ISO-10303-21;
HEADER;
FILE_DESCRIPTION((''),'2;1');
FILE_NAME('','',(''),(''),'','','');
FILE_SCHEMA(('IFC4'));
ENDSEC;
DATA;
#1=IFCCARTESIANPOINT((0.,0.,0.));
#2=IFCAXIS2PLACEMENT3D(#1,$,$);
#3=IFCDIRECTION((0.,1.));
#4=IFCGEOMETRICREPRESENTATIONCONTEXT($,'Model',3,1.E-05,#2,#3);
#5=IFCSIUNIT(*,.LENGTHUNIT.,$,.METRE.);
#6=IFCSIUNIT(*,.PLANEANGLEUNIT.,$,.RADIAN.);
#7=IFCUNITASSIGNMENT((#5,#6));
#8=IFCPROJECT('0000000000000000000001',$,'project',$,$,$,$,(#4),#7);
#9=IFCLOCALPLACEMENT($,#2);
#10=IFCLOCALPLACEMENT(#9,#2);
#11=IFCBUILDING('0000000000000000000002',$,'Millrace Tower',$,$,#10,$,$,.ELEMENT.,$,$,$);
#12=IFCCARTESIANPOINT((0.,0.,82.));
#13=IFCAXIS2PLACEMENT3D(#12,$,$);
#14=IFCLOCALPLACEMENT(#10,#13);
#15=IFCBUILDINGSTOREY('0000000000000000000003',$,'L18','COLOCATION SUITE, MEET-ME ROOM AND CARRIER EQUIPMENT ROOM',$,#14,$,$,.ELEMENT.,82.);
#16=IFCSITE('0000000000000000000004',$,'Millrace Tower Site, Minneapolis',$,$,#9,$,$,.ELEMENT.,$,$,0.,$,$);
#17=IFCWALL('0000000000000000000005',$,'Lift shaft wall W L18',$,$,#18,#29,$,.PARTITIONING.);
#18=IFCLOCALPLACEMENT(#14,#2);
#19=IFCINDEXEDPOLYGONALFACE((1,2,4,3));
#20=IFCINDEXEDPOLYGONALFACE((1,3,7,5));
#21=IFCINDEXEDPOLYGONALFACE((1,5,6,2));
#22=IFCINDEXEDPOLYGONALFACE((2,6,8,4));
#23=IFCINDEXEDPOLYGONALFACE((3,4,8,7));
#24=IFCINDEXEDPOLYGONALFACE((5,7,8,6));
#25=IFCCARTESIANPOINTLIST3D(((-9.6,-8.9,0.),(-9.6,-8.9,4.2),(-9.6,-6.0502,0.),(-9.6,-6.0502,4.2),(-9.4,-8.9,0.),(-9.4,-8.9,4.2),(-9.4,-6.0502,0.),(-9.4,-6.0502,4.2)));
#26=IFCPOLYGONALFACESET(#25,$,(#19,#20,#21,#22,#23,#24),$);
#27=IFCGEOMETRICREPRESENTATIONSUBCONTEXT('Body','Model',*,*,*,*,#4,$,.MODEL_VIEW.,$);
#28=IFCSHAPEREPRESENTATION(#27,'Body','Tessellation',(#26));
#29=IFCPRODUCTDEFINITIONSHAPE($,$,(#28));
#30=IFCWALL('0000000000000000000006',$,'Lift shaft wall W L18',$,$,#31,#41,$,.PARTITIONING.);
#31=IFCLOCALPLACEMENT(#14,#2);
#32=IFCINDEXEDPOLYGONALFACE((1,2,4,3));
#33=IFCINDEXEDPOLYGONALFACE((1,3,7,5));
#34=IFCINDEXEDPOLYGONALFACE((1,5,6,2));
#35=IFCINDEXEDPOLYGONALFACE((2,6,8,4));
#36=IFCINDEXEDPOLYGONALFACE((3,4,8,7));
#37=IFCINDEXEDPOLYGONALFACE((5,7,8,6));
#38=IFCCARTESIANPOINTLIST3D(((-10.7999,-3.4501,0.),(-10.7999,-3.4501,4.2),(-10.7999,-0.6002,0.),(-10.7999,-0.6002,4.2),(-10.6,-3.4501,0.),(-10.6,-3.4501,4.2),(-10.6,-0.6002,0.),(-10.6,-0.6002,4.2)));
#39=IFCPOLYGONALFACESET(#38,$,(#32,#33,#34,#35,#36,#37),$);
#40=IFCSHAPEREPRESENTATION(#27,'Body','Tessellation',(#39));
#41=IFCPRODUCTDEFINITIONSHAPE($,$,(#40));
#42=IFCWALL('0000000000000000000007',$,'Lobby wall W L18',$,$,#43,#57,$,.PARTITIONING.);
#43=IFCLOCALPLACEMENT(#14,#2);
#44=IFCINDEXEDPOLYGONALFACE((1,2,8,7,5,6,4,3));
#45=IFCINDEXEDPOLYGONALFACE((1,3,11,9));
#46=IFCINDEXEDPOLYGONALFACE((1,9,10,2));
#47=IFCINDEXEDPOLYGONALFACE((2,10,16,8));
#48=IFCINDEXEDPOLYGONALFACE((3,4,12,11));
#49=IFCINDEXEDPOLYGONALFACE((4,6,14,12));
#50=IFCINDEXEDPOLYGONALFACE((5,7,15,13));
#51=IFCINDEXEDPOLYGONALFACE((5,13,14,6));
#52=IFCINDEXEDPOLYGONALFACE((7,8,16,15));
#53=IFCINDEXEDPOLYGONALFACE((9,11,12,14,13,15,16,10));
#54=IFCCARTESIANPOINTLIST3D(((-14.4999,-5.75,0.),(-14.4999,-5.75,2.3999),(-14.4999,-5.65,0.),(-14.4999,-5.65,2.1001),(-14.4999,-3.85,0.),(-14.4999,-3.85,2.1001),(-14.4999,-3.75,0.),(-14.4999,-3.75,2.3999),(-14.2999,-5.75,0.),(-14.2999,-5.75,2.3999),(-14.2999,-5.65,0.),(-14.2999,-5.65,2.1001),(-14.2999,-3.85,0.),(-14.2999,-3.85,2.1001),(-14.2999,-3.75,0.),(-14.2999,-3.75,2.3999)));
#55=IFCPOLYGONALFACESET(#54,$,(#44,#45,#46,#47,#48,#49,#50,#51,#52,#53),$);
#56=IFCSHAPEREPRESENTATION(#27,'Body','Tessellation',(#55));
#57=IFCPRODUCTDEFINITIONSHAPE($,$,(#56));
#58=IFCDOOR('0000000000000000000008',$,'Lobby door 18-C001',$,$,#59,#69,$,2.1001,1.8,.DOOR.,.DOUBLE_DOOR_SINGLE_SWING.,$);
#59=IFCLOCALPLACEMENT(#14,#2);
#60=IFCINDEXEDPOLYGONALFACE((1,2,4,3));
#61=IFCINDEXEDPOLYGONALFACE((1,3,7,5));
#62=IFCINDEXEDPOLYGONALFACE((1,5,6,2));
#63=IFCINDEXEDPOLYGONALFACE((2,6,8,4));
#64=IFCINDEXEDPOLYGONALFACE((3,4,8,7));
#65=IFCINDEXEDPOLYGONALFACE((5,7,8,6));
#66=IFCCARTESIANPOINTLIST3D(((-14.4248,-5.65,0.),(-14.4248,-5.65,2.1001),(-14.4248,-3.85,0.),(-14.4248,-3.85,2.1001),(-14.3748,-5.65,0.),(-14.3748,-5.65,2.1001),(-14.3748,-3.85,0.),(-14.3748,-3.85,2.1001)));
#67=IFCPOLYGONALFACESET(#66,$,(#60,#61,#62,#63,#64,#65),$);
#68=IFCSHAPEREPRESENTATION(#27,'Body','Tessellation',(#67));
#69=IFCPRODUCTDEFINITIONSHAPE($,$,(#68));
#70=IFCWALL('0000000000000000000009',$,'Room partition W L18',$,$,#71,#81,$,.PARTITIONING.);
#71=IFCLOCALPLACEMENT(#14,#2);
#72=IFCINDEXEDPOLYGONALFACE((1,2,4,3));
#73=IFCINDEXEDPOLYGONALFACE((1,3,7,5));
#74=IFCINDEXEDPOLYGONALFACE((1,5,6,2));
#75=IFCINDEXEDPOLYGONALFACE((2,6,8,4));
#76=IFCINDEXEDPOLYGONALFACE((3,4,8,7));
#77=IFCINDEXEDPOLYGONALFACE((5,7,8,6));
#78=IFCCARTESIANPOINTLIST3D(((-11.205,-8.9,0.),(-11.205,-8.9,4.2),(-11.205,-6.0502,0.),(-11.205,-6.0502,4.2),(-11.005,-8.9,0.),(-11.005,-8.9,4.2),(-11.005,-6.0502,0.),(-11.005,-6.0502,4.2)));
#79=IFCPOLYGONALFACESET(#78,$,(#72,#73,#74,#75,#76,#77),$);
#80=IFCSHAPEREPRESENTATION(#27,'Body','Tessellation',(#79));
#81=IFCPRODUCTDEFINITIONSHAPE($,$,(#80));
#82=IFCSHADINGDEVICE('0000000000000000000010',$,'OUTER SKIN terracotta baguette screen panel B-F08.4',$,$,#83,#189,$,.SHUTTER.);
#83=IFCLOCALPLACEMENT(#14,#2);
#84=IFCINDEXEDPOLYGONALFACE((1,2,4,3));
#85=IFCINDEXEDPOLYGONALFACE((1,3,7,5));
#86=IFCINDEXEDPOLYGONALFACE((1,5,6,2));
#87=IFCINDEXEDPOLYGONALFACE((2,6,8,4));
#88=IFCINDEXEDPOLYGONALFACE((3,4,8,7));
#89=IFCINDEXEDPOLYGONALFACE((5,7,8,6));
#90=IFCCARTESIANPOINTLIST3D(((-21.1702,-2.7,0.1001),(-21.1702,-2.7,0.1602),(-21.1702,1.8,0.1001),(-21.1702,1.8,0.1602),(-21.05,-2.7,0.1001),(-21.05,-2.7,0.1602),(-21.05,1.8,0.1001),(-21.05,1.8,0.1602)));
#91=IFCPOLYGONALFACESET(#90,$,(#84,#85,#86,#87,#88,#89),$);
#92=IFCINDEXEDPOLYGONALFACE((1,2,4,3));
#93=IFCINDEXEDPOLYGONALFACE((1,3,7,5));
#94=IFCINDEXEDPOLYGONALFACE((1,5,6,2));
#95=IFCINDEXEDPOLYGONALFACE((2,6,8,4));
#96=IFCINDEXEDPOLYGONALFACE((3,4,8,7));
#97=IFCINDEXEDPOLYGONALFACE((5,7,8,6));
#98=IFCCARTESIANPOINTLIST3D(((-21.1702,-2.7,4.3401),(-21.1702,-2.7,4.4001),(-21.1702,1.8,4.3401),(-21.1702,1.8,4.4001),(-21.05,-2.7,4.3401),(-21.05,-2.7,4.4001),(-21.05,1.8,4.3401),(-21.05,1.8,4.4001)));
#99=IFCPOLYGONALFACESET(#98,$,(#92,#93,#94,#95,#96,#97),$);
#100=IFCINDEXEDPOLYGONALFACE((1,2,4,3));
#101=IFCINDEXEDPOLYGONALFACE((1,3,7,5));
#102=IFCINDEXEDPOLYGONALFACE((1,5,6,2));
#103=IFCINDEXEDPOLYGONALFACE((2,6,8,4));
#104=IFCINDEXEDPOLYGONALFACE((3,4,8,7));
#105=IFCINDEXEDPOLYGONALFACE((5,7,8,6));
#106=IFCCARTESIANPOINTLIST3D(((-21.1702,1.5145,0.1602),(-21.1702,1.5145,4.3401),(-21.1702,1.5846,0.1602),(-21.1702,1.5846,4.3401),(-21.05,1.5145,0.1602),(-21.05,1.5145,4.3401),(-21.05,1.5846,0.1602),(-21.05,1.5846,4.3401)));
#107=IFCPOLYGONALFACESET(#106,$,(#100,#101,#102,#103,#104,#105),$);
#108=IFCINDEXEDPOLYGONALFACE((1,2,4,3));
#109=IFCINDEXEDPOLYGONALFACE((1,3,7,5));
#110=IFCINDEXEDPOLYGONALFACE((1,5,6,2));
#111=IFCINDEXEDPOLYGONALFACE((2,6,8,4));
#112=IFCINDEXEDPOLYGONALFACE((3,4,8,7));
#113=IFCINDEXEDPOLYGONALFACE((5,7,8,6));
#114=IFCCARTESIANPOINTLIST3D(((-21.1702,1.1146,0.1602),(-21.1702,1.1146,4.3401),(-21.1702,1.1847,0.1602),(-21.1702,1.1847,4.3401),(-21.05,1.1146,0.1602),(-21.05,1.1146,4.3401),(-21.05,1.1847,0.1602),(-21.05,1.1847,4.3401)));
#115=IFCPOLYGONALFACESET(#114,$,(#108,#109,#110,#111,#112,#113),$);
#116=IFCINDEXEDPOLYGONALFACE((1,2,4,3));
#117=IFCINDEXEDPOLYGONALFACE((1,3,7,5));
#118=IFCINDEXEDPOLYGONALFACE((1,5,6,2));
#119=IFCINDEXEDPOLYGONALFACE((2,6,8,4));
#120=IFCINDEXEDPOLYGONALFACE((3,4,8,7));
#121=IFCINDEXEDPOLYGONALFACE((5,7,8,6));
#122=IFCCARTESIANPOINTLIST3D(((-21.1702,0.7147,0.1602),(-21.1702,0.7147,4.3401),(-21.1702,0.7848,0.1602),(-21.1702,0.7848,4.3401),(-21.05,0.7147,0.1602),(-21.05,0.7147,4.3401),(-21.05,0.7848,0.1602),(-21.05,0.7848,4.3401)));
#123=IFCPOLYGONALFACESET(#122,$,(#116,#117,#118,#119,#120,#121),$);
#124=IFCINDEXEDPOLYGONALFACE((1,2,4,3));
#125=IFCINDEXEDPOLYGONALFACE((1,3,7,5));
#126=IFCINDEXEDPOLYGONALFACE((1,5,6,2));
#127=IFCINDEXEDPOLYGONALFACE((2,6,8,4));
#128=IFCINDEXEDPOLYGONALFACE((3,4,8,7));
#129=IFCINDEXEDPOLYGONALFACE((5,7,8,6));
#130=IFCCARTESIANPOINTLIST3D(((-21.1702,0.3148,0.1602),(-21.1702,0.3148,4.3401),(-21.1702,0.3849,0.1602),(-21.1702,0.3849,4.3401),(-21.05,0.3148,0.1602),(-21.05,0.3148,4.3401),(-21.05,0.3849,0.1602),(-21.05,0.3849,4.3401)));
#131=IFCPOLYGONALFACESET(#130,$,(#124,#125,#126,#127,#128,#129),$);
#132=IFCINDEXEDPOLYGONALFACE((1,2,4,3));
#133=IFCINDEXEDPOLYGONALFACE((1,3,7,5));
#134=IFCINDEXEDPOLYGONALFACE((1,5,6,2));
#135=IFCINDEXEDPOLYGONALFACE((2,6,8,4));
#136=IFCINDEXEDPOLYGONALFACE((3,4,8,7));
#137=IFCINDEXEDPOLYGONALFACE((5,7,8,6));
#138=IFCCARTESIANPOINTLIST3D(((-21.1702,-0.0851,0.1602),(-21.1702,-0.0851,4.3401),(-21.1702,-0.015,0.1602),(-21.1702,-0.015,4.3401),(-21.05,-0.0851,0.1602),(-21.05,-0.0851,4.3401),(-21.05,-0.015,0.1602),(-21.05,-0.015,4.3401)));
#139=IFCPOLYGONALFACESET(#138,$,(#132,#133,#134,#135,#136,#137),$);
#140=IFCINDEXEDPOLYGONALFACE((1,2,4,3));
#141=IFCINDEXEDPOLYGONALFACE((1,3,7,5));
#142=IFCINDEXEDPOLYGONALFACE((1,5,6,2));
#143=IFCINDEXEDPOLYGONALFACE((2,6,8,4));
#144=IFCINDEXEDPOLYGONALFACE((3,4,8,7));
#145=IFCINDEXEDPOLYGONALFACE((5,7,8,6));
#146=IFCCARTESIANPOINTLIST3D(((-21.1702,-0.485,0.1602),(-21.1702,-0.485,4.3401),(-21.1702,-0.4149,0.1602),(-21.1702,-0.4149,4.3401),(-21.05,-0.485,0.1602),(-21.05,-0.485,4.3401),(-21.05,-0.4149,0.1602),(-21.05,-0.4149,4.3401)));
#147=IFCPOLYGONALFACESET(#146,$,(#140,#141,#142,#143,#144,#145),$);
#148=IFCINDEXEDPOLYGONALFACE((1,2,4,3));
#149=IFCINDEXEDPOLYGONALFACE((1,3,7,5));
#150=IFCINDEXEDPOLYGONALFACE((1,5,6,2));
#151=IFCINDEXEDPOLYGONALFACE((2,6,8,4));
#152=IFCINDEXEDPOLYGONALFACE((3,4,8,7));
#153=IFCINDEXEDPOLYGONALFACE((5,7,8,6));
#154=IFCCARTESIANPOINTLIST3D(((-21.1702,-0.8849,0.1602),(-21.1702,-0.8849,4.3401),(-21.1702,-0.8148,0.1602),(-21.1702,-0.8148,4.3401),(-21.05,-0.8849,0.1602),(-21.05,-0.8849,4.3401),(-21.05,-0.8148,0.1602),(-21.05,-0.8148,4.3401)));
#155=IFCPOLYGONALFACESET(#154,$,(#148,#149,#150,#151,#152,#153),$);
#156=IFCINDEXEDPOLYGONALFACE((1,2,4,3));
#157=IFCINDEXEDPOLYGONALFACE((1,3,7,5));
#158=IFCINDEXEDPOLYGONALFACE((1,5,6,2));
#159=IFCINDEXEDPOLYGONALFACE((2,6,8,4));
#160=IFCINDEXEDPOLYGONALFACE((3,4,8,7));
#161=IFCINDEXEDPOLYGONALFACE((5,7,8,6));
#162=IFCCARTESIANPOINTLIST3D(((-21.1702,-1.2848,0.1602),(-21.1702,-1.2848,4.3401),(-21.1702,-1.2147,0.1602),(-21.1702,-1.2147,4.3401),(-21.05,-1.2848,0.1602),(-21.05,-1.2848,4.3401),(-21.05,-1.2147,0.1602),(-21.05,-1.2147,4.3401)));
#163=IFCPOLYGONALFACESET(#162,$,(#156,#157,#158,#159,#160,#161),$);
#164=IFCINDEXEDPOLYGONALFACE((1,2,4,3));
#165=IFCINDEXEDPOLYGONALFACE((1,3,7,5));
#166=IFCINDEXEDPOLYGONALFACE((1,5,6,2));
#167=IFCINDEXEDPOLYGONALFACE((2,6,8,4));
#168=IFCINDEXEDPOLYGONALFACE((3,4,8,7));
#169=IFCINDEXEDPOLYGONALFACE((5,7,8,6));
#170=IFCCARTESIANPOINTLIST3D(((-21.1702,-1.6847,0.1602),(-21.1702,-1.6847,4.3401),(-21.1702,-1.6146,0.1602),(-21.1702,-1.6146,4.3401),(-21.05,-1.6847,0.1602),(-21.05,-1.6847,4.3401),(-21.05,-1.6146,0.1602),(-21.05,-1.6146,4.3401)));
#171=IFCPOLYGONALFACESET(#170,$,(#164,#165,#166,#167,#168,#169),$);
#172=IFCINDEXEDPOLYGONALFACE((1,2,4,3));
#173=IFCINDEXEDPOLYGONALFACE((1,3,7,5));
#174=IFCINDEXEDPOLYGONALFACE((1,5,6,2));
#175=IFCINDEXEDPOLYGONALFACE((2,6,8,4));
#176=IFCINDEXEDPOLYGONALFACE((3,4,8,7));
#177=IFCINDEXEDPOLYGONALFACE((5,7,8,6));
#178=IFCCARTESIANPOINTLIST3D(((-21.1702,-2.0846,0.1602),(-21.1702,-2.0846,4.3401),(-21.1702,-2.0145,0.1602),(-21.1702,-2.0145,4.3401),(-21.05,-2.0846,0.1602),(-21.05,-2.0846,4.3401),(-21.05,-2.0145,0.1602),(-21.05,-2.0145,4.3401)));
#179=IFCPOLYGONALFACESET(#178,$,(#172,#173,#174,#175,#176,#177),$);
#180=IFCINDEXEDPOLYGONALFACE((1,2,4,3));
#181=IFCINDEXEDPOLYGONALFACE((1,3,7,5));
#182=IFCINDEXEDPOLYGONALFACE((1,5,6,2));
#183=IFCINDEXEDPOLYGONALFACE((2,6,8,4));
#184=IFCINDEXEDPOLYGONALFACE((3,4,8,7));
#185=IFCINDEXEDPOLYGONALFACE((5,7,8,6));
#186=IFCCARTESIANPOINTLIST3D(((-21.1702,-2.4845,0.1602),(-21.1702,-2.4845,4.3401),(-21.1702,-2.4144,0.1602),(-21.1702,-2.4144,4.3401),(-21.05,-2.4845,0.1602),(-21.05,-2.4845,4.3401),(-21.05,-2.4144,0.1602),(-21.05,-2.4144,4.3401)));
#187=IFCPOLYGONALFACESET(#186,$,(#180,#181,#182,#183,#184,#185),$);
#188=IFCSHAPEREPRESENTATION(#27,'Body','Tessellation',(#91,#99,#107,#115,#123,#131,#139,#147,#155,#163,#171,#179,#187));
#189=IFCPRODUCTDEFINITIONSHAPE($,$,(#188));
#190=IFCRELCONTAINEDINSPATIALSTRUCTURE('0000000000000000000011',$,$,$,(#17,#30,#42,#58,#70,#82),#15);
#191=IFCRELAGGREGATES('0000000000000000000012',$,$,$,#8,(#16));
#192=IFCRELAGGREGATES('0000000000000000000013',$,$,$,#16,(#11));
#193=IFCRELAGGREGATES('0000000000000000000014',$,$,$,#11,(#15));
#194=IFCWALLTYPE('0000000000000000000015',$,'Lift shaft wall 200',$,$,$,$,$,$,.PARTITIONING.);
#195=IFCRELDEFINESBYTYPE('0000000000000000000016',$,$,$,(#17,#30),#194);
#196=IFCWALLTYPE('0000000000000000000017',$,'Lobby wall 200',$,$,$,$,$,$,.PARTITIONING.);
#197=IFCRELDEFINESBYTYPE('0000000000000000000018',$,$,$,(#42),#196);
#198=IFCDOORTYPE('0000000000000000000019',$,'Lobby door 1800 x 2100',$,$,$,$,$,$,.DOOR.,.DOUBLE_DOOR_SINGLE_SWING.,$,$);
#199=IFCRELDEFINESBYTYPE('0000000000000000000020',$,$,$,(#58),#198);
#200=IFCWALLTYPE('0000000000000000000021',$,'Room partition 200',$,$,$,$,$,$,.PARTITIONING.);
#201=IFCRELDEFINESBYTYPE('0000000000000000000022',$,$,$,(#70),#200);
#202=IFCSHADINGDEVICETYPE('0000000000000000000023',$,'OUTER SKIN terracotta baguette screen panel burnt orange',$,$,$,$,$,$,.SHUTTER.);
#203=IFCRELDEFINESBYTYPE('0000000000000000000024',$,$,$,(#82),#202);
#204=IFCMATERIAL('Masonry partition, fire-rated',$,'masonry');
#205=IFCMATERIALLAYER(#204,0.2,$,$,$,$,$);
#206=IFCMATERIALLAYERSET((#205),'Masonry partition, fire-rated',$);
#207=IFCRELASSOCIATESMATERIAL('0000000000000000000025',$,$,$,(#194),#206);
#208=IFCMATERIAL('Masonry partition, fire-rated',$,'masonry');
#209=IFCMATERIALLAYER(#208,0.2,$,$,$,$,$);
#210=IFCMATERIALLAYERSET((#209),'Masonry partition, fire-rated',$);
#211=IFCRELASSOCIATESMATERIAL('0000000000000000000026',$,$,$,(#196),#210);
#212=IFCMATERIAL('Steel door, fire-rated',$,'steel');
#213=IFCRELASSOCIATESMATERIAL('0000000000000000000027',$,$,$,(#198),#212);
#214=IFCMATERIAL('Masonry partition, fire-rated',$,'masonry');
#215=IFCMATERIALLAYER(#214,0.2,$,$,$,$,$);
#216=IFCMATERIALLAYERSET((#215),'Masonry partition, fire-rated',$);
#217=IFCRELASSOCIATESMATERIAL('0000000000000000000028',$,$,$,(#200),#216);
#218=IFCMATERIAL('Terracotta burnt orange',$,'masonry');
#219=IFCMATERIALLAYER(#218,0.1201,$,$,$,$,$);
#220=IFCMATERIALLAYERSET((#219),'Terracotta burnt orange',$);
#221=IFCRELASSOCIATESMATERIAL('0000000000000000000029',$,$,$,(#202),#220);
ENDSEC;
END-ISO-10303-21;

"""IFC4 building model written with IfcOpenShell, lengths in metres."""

from ifc_helpers import new_model, entity, si_unit, direction, frame, frame_2d, origin, origin_2d, place, context, subcontext, project, spatial, rectangle, extrude, source, transform, mapped, material, layer, layer_set, type_object, element, fill, save


model = new_model("IFC4")

# Units and contexts
model_context = context("Model", 3, precision=1e-05, world=origin(), true_north=direction((0.0, 1.0)))
body_context = subcontext(model_context, "Body", "Model", "MODEL_VIEW")
ifc_project = project(units=[si_unit("LENGTHUNIT", "METRE"), si_unit("PLANEANGLEUNIT", "RADIAN")], contexts=[model_context])

# Site, building, storey
site_placement = place(None, origin())
site = spatial("IfcSite", under=ifc_project, at=site_placement, Name="Millrace Tower Site, Minneapolis", CompositionType="ELEMENT", RefElevation=0.0)
building_placement = place(site_placement, origin())
building = spatial("IfcBuilding", under=site, at=building_placement, Name="Millrace Tower", CompositionType="ELEMENT")
storey_placement = place(building_placement, frame((0.0, 0.0, 82.0)))
storey = spatial("IfcBuildingStorey", under=building, at=storey_placement, Name="L18", Description="COLOCATION SUITE, MEET-ME ROOM AND CARRIER EQUIPMENT ROOM", CompositionType="ELEMENT", Elevation=82.0)

# Shared definitions
ifc_material_1 = material(Name="Masonry partition, fire-rated", Category="masonry")
ifc_layer_1 = layer(ifc_material_1, 0.2)
ifc_layer_set_1 = layer_set([ifc_layer_1], Name="Masonry partition, fire-rated")
wall_type_1 = type_object("IfcWallType", Name="Lift shaft wall 200", PredefinedType="PARTITIONING", material=ifc_layer_set_1)

# Walls
for number, where, z_axis, x_axis, name in (
    (1, (-9.5, -8.8999, 0.0), (0.0, 0.0, 1.0), (0.0, 1.0, 0.0), "Lift shaft wall W L18"),
    (2, (-10.7, -3.45, 0.0), (0.0, 0.0, 1.0), (0.0, 1.0, 0.0), "Lift shaft wall W L18"),
):
    element("IfcWall", number, at=place(storey_placement, frame(where, z_axis=z_axis, x_axis=x_axis)), inside=storey, type_object=wall_type_1, Name=name, PredefinedType="PARTITIONING", context=body_context, shape_type="SweptSolid", body=[
        extrude(rectangle(XDim=2.8499, YDim=0.2, at=frame_2d((1.4248, 0.0))), origin(), (0.0, 0.0, 1.0), 4.2),
    ])

# Wall, opening, door
ifc_material_2 = material(Name="Masonry partition, fire-rated", Category="masonry")
ifc_layer_2 = layer(ifc_material_2, 0.2)
ifc_layer_set_2 = layer_set([ifc_layer_2], Name="Masonry partition, fire-rated")
wall_type_2 = type_object("IfcWallType", Name="Lobby wall 200", PredefinedType="PARTITIONING", material=ifc_layer_set_2)
wall_1_placement = place(storey_placement, frame((-14.3999, -5.75, 0.0), z_axis=(0.0, 0.0, 1.0), x_axis=(0.0, 1.0, 0.0)))
wall_1 = element("IfcWall", 3, at=wall_1_placement, inside=storey, type_object=wall_type_2, Name="Lobby wall W L18", PredefinedType="PARTITIONING", context=body_context, shape_type="SweptSolid", body=[
    extrude(rectangle(XDim=2.0, YDim=0.2, at=frame_2d((1.0, 0.0))), origin(), (0.0, 0.0, 1.0), 2.3999),
])
opening_1_placement = place(wall_1_placement, frame((0.1001, 0.0, 0.0)))
opening_1 = element("IfcOpeningElement", 4, at=opening_1_placement, cuts=wall_1, PredefinedType="OPENING", context=body_context, shape_type="SweptSolid", body=[
    extrude(rectangle(XDim=1.8, YDim=2.1001, at=frame_2d((0.8999, 1.05))), frame((0.0, 0.1099, 0.0), z_axis=(0.0, -1.0, 0.0), x_axis=(1.0, 0.0, 0.0)), (0.0, 0.0, 1.0), 0.22),
])
ifc_material_3 = material(Name="Steel door, fire-rated", Category="steel")
door_type_1 = type_object("IfcDoorType", Name="Lobby door 1800 x 2100", OperationType="DOUBLE_DOOR_SINGLE_SWING", PredefinedType="DOOR", material=ifc_material_3)
door_1_placement = place(opening_1_placement, origin())
door_1 = element("IfcDoor", 5, at=door_1_placement, inside=storey, type_object=door_type_1, Name="Lobby door 18-C001", OperationType="DOUBLE_DOOR_SINGLE_SWING", OverallHeight=2.1001, OverallWidth=1.8, PredefinedType="DOOR", context=body_context, shape_type="SweptSolid", body=[
    extrude(rectangle(XDim=1.8, YDim=2.1001, at=frame_2d((0.8999, 1.05))), frame((0.0, 0.0249, 0.0), z_axis=(0.0, -1.0, 0.0), x_axis=(1.0, 0.0, 0.0)), (0.0, 0.0, 1.0), 0.05),
])
fill(opening_1, door_1)

# Wall
ifc_material_4 = material(Name="Masonry partition, fire-rated", Category="masonry")
ifc_layer_3 = layer(ifc_material_4, 0.2)
ifc_layer_set_3 = layer_set([ifc_layer_3], Name="Masonry partition, fire-rated")
wall_type_3 = type_object("IfcWallType", Name="Room partition 200", PredefinedType="PARTITIONING", material=ifc_layer_set_3)
wall_2_placement = place(storey_placement, frame((-11.105, -8.8999, 0.0), z_axis=(0.0, 0.0, 1.0), x_axis=(0.0, 1.0, 0.0)))
element("IfcWall", 6, at=wall_2_placement, inside=storey, type_object=wall_type_3, Name="Room partition W L18", PredefinedType="PARTITIONING", context=body_context, shape_type="SweptSolid", body=[
    extrude(rectangle(XDim=2.8499, YDim=0.2, at=frame_2d((1.4248, 0.0))), origin(), (0.0, 0.0, 1.0), 4.2),
])

# Shading device
ifc_material_5 = material(Name="Terracotta burnt orange", Category="masonry")
ifc_layer_4 = layer(ifc_material_5, 0.1201)
ifc_layer_set_4 = layer_set([ifc_layer_4], Name="Terracotta burnt orange")
shading_device_type = type_object("IfcShadingDeviceType", Name="OUTER SKIN terracotta baguette screen panel burnt orange", PredefinedType="SHUTTER", material=ifc_layer_set_4)
cartesian_point = entity("IfcCartesianPoint", [-2.25, 0.0601])
shared_polyline = entity("IfcPolyline", [cartesian_point, entity("IfcCartesianPoint", [2.25, 0.0601]), entity("IfcCartesianPoint", [2.25, -0.0601]), entity("IfcCartesianPoint", [-2.25, -0.0601]), cartesian_point])
shared_shape = source(origin(), body_context, "Body", "SweptSolid", [
    entity("IfcExtrudedAreaSolid", entity("IfcArbitraryClosedProfileDef", "AREA", None, shared_polyline), entity("IfcAxis2Placement3D", entity("IfcCartesianPoint", [0.0, 0.0, 0.0])), entity("IfcDirection", [0.0, 0.0, 1.0]), 0.0601),
    entity("IfcExtrudedAreaSolid", entity("IfcArbitraryClosedProfileDef", "AREA", None, shared_polyline), entity("IfcAxis2Placement3D", entity("IfcCartesianPoint", [0.0, 0.0, 4.24])), entity("IfcDirection", [0.0, 0.0, 1.0]), 0.0601),
    extrude(rectangle(XDim=0.0701, YDim=0.1201, at=frame_2d((-1.9995, 0.0))), frame((0.0, 0.0, 0.0601)), (0.0, 0.0, 1.0), 4.1799),
    extrude(rectangle(XDim=0.0701, YDim=0.1201, at=frame_2d((-1.5996, 0.0))), frame((0.0, 0.0, 0.0601)), (0.0, 0.0, 1.0), 4.1799),
    extrude(rectangle(XDim=0.0701, YDim=0.1201, at=frame_2d((-1.1997, 0.0))), frame((0.0, 0.0, 0.0601)), (0.0, 0.0, 1.0), 4.1799),
    extrude(rectangle(XDim=0.0701, YDim=0.1201, at=frame_2d((-0.7998, 0.0))), frame((0.0, 0.0, 0.0601)), (0.0, 0.0, 1.0), 4.1799),
    extrude(rectangle(XDim=0.0701, YDim=0.1201, at=frame_2d((-0.3999, 0.0))), frame((0.0, 0.0, 0.0601)), (0.0, 0.0, 1.0), 4.1799),
    extrude(rectangle(XDim=0.0701, YDim=0.1201, at=origin_2d()), frame((0.0, 0.0, 0.0601)), (0.0, 0.0, 1.0), 4.1799),
    extrude(rectangle(XDim=0.0701, YDim=0.1201, at=frame_2d((0.3999, 0.0))), frame((0.0, 0.0, 0.0601)), (0.0, 0.0, 1.0), 4.1799),
    extrude(rectangle(XDim=0.0701, YDim=0.1201, at=frame_2d((0.7998, 0.0))), frame((0.0, 0.0, 0.0601)), (0.0, 0.0, 1.0), 4.1799),
    extrude(rectangle(XDim=0.0701, YDim=0.1201, at=frame_2d((1.1997, 0.0))), frame((0.0, 0.0, 0.0601)), (0.0, 0.0, 1.0), 4.1799),
    extrude(rectangle(XDim=0.0701, YDim=0.1201, at=frame_2d((1.5996, 0.0))), frame((0.0, 0.0, 0.0601)), (0.0, 0.0, 1.0), 4.1799),
    extrude(rectangle(XDim=0.0701, YDim=0.1201, at=frame_2d((1.9995, 0.0))), frame((0.0, 0.0, 0.0601)), (0.0, 0.0, 1.0), 4.1799),
])
for number, where, z_axis, x_axis, name in (
    (7, (-21.1101, -0.45, 0.1001), (0.0, 0.0, 1.0), (0.0, -1.0, 0.0), "OUTER SKIN terracotta baguette screen panel B-F08.4"),
):
    element("IfcShadingDevice", number, at=place(storey_placement, frame(where, z_axis=z_axis, x_axis=x_axis)), inside=storey, type_object=shading_device_type, Name=name, PredefinedType="SHUTTER", context=body_context, shape_type="MappedRepresentation", body=[
        mapped(shared_shape, transform((0.0, 0.0, 0.0), scale=1.0)),
    ])

save(model, "model.ifc")
